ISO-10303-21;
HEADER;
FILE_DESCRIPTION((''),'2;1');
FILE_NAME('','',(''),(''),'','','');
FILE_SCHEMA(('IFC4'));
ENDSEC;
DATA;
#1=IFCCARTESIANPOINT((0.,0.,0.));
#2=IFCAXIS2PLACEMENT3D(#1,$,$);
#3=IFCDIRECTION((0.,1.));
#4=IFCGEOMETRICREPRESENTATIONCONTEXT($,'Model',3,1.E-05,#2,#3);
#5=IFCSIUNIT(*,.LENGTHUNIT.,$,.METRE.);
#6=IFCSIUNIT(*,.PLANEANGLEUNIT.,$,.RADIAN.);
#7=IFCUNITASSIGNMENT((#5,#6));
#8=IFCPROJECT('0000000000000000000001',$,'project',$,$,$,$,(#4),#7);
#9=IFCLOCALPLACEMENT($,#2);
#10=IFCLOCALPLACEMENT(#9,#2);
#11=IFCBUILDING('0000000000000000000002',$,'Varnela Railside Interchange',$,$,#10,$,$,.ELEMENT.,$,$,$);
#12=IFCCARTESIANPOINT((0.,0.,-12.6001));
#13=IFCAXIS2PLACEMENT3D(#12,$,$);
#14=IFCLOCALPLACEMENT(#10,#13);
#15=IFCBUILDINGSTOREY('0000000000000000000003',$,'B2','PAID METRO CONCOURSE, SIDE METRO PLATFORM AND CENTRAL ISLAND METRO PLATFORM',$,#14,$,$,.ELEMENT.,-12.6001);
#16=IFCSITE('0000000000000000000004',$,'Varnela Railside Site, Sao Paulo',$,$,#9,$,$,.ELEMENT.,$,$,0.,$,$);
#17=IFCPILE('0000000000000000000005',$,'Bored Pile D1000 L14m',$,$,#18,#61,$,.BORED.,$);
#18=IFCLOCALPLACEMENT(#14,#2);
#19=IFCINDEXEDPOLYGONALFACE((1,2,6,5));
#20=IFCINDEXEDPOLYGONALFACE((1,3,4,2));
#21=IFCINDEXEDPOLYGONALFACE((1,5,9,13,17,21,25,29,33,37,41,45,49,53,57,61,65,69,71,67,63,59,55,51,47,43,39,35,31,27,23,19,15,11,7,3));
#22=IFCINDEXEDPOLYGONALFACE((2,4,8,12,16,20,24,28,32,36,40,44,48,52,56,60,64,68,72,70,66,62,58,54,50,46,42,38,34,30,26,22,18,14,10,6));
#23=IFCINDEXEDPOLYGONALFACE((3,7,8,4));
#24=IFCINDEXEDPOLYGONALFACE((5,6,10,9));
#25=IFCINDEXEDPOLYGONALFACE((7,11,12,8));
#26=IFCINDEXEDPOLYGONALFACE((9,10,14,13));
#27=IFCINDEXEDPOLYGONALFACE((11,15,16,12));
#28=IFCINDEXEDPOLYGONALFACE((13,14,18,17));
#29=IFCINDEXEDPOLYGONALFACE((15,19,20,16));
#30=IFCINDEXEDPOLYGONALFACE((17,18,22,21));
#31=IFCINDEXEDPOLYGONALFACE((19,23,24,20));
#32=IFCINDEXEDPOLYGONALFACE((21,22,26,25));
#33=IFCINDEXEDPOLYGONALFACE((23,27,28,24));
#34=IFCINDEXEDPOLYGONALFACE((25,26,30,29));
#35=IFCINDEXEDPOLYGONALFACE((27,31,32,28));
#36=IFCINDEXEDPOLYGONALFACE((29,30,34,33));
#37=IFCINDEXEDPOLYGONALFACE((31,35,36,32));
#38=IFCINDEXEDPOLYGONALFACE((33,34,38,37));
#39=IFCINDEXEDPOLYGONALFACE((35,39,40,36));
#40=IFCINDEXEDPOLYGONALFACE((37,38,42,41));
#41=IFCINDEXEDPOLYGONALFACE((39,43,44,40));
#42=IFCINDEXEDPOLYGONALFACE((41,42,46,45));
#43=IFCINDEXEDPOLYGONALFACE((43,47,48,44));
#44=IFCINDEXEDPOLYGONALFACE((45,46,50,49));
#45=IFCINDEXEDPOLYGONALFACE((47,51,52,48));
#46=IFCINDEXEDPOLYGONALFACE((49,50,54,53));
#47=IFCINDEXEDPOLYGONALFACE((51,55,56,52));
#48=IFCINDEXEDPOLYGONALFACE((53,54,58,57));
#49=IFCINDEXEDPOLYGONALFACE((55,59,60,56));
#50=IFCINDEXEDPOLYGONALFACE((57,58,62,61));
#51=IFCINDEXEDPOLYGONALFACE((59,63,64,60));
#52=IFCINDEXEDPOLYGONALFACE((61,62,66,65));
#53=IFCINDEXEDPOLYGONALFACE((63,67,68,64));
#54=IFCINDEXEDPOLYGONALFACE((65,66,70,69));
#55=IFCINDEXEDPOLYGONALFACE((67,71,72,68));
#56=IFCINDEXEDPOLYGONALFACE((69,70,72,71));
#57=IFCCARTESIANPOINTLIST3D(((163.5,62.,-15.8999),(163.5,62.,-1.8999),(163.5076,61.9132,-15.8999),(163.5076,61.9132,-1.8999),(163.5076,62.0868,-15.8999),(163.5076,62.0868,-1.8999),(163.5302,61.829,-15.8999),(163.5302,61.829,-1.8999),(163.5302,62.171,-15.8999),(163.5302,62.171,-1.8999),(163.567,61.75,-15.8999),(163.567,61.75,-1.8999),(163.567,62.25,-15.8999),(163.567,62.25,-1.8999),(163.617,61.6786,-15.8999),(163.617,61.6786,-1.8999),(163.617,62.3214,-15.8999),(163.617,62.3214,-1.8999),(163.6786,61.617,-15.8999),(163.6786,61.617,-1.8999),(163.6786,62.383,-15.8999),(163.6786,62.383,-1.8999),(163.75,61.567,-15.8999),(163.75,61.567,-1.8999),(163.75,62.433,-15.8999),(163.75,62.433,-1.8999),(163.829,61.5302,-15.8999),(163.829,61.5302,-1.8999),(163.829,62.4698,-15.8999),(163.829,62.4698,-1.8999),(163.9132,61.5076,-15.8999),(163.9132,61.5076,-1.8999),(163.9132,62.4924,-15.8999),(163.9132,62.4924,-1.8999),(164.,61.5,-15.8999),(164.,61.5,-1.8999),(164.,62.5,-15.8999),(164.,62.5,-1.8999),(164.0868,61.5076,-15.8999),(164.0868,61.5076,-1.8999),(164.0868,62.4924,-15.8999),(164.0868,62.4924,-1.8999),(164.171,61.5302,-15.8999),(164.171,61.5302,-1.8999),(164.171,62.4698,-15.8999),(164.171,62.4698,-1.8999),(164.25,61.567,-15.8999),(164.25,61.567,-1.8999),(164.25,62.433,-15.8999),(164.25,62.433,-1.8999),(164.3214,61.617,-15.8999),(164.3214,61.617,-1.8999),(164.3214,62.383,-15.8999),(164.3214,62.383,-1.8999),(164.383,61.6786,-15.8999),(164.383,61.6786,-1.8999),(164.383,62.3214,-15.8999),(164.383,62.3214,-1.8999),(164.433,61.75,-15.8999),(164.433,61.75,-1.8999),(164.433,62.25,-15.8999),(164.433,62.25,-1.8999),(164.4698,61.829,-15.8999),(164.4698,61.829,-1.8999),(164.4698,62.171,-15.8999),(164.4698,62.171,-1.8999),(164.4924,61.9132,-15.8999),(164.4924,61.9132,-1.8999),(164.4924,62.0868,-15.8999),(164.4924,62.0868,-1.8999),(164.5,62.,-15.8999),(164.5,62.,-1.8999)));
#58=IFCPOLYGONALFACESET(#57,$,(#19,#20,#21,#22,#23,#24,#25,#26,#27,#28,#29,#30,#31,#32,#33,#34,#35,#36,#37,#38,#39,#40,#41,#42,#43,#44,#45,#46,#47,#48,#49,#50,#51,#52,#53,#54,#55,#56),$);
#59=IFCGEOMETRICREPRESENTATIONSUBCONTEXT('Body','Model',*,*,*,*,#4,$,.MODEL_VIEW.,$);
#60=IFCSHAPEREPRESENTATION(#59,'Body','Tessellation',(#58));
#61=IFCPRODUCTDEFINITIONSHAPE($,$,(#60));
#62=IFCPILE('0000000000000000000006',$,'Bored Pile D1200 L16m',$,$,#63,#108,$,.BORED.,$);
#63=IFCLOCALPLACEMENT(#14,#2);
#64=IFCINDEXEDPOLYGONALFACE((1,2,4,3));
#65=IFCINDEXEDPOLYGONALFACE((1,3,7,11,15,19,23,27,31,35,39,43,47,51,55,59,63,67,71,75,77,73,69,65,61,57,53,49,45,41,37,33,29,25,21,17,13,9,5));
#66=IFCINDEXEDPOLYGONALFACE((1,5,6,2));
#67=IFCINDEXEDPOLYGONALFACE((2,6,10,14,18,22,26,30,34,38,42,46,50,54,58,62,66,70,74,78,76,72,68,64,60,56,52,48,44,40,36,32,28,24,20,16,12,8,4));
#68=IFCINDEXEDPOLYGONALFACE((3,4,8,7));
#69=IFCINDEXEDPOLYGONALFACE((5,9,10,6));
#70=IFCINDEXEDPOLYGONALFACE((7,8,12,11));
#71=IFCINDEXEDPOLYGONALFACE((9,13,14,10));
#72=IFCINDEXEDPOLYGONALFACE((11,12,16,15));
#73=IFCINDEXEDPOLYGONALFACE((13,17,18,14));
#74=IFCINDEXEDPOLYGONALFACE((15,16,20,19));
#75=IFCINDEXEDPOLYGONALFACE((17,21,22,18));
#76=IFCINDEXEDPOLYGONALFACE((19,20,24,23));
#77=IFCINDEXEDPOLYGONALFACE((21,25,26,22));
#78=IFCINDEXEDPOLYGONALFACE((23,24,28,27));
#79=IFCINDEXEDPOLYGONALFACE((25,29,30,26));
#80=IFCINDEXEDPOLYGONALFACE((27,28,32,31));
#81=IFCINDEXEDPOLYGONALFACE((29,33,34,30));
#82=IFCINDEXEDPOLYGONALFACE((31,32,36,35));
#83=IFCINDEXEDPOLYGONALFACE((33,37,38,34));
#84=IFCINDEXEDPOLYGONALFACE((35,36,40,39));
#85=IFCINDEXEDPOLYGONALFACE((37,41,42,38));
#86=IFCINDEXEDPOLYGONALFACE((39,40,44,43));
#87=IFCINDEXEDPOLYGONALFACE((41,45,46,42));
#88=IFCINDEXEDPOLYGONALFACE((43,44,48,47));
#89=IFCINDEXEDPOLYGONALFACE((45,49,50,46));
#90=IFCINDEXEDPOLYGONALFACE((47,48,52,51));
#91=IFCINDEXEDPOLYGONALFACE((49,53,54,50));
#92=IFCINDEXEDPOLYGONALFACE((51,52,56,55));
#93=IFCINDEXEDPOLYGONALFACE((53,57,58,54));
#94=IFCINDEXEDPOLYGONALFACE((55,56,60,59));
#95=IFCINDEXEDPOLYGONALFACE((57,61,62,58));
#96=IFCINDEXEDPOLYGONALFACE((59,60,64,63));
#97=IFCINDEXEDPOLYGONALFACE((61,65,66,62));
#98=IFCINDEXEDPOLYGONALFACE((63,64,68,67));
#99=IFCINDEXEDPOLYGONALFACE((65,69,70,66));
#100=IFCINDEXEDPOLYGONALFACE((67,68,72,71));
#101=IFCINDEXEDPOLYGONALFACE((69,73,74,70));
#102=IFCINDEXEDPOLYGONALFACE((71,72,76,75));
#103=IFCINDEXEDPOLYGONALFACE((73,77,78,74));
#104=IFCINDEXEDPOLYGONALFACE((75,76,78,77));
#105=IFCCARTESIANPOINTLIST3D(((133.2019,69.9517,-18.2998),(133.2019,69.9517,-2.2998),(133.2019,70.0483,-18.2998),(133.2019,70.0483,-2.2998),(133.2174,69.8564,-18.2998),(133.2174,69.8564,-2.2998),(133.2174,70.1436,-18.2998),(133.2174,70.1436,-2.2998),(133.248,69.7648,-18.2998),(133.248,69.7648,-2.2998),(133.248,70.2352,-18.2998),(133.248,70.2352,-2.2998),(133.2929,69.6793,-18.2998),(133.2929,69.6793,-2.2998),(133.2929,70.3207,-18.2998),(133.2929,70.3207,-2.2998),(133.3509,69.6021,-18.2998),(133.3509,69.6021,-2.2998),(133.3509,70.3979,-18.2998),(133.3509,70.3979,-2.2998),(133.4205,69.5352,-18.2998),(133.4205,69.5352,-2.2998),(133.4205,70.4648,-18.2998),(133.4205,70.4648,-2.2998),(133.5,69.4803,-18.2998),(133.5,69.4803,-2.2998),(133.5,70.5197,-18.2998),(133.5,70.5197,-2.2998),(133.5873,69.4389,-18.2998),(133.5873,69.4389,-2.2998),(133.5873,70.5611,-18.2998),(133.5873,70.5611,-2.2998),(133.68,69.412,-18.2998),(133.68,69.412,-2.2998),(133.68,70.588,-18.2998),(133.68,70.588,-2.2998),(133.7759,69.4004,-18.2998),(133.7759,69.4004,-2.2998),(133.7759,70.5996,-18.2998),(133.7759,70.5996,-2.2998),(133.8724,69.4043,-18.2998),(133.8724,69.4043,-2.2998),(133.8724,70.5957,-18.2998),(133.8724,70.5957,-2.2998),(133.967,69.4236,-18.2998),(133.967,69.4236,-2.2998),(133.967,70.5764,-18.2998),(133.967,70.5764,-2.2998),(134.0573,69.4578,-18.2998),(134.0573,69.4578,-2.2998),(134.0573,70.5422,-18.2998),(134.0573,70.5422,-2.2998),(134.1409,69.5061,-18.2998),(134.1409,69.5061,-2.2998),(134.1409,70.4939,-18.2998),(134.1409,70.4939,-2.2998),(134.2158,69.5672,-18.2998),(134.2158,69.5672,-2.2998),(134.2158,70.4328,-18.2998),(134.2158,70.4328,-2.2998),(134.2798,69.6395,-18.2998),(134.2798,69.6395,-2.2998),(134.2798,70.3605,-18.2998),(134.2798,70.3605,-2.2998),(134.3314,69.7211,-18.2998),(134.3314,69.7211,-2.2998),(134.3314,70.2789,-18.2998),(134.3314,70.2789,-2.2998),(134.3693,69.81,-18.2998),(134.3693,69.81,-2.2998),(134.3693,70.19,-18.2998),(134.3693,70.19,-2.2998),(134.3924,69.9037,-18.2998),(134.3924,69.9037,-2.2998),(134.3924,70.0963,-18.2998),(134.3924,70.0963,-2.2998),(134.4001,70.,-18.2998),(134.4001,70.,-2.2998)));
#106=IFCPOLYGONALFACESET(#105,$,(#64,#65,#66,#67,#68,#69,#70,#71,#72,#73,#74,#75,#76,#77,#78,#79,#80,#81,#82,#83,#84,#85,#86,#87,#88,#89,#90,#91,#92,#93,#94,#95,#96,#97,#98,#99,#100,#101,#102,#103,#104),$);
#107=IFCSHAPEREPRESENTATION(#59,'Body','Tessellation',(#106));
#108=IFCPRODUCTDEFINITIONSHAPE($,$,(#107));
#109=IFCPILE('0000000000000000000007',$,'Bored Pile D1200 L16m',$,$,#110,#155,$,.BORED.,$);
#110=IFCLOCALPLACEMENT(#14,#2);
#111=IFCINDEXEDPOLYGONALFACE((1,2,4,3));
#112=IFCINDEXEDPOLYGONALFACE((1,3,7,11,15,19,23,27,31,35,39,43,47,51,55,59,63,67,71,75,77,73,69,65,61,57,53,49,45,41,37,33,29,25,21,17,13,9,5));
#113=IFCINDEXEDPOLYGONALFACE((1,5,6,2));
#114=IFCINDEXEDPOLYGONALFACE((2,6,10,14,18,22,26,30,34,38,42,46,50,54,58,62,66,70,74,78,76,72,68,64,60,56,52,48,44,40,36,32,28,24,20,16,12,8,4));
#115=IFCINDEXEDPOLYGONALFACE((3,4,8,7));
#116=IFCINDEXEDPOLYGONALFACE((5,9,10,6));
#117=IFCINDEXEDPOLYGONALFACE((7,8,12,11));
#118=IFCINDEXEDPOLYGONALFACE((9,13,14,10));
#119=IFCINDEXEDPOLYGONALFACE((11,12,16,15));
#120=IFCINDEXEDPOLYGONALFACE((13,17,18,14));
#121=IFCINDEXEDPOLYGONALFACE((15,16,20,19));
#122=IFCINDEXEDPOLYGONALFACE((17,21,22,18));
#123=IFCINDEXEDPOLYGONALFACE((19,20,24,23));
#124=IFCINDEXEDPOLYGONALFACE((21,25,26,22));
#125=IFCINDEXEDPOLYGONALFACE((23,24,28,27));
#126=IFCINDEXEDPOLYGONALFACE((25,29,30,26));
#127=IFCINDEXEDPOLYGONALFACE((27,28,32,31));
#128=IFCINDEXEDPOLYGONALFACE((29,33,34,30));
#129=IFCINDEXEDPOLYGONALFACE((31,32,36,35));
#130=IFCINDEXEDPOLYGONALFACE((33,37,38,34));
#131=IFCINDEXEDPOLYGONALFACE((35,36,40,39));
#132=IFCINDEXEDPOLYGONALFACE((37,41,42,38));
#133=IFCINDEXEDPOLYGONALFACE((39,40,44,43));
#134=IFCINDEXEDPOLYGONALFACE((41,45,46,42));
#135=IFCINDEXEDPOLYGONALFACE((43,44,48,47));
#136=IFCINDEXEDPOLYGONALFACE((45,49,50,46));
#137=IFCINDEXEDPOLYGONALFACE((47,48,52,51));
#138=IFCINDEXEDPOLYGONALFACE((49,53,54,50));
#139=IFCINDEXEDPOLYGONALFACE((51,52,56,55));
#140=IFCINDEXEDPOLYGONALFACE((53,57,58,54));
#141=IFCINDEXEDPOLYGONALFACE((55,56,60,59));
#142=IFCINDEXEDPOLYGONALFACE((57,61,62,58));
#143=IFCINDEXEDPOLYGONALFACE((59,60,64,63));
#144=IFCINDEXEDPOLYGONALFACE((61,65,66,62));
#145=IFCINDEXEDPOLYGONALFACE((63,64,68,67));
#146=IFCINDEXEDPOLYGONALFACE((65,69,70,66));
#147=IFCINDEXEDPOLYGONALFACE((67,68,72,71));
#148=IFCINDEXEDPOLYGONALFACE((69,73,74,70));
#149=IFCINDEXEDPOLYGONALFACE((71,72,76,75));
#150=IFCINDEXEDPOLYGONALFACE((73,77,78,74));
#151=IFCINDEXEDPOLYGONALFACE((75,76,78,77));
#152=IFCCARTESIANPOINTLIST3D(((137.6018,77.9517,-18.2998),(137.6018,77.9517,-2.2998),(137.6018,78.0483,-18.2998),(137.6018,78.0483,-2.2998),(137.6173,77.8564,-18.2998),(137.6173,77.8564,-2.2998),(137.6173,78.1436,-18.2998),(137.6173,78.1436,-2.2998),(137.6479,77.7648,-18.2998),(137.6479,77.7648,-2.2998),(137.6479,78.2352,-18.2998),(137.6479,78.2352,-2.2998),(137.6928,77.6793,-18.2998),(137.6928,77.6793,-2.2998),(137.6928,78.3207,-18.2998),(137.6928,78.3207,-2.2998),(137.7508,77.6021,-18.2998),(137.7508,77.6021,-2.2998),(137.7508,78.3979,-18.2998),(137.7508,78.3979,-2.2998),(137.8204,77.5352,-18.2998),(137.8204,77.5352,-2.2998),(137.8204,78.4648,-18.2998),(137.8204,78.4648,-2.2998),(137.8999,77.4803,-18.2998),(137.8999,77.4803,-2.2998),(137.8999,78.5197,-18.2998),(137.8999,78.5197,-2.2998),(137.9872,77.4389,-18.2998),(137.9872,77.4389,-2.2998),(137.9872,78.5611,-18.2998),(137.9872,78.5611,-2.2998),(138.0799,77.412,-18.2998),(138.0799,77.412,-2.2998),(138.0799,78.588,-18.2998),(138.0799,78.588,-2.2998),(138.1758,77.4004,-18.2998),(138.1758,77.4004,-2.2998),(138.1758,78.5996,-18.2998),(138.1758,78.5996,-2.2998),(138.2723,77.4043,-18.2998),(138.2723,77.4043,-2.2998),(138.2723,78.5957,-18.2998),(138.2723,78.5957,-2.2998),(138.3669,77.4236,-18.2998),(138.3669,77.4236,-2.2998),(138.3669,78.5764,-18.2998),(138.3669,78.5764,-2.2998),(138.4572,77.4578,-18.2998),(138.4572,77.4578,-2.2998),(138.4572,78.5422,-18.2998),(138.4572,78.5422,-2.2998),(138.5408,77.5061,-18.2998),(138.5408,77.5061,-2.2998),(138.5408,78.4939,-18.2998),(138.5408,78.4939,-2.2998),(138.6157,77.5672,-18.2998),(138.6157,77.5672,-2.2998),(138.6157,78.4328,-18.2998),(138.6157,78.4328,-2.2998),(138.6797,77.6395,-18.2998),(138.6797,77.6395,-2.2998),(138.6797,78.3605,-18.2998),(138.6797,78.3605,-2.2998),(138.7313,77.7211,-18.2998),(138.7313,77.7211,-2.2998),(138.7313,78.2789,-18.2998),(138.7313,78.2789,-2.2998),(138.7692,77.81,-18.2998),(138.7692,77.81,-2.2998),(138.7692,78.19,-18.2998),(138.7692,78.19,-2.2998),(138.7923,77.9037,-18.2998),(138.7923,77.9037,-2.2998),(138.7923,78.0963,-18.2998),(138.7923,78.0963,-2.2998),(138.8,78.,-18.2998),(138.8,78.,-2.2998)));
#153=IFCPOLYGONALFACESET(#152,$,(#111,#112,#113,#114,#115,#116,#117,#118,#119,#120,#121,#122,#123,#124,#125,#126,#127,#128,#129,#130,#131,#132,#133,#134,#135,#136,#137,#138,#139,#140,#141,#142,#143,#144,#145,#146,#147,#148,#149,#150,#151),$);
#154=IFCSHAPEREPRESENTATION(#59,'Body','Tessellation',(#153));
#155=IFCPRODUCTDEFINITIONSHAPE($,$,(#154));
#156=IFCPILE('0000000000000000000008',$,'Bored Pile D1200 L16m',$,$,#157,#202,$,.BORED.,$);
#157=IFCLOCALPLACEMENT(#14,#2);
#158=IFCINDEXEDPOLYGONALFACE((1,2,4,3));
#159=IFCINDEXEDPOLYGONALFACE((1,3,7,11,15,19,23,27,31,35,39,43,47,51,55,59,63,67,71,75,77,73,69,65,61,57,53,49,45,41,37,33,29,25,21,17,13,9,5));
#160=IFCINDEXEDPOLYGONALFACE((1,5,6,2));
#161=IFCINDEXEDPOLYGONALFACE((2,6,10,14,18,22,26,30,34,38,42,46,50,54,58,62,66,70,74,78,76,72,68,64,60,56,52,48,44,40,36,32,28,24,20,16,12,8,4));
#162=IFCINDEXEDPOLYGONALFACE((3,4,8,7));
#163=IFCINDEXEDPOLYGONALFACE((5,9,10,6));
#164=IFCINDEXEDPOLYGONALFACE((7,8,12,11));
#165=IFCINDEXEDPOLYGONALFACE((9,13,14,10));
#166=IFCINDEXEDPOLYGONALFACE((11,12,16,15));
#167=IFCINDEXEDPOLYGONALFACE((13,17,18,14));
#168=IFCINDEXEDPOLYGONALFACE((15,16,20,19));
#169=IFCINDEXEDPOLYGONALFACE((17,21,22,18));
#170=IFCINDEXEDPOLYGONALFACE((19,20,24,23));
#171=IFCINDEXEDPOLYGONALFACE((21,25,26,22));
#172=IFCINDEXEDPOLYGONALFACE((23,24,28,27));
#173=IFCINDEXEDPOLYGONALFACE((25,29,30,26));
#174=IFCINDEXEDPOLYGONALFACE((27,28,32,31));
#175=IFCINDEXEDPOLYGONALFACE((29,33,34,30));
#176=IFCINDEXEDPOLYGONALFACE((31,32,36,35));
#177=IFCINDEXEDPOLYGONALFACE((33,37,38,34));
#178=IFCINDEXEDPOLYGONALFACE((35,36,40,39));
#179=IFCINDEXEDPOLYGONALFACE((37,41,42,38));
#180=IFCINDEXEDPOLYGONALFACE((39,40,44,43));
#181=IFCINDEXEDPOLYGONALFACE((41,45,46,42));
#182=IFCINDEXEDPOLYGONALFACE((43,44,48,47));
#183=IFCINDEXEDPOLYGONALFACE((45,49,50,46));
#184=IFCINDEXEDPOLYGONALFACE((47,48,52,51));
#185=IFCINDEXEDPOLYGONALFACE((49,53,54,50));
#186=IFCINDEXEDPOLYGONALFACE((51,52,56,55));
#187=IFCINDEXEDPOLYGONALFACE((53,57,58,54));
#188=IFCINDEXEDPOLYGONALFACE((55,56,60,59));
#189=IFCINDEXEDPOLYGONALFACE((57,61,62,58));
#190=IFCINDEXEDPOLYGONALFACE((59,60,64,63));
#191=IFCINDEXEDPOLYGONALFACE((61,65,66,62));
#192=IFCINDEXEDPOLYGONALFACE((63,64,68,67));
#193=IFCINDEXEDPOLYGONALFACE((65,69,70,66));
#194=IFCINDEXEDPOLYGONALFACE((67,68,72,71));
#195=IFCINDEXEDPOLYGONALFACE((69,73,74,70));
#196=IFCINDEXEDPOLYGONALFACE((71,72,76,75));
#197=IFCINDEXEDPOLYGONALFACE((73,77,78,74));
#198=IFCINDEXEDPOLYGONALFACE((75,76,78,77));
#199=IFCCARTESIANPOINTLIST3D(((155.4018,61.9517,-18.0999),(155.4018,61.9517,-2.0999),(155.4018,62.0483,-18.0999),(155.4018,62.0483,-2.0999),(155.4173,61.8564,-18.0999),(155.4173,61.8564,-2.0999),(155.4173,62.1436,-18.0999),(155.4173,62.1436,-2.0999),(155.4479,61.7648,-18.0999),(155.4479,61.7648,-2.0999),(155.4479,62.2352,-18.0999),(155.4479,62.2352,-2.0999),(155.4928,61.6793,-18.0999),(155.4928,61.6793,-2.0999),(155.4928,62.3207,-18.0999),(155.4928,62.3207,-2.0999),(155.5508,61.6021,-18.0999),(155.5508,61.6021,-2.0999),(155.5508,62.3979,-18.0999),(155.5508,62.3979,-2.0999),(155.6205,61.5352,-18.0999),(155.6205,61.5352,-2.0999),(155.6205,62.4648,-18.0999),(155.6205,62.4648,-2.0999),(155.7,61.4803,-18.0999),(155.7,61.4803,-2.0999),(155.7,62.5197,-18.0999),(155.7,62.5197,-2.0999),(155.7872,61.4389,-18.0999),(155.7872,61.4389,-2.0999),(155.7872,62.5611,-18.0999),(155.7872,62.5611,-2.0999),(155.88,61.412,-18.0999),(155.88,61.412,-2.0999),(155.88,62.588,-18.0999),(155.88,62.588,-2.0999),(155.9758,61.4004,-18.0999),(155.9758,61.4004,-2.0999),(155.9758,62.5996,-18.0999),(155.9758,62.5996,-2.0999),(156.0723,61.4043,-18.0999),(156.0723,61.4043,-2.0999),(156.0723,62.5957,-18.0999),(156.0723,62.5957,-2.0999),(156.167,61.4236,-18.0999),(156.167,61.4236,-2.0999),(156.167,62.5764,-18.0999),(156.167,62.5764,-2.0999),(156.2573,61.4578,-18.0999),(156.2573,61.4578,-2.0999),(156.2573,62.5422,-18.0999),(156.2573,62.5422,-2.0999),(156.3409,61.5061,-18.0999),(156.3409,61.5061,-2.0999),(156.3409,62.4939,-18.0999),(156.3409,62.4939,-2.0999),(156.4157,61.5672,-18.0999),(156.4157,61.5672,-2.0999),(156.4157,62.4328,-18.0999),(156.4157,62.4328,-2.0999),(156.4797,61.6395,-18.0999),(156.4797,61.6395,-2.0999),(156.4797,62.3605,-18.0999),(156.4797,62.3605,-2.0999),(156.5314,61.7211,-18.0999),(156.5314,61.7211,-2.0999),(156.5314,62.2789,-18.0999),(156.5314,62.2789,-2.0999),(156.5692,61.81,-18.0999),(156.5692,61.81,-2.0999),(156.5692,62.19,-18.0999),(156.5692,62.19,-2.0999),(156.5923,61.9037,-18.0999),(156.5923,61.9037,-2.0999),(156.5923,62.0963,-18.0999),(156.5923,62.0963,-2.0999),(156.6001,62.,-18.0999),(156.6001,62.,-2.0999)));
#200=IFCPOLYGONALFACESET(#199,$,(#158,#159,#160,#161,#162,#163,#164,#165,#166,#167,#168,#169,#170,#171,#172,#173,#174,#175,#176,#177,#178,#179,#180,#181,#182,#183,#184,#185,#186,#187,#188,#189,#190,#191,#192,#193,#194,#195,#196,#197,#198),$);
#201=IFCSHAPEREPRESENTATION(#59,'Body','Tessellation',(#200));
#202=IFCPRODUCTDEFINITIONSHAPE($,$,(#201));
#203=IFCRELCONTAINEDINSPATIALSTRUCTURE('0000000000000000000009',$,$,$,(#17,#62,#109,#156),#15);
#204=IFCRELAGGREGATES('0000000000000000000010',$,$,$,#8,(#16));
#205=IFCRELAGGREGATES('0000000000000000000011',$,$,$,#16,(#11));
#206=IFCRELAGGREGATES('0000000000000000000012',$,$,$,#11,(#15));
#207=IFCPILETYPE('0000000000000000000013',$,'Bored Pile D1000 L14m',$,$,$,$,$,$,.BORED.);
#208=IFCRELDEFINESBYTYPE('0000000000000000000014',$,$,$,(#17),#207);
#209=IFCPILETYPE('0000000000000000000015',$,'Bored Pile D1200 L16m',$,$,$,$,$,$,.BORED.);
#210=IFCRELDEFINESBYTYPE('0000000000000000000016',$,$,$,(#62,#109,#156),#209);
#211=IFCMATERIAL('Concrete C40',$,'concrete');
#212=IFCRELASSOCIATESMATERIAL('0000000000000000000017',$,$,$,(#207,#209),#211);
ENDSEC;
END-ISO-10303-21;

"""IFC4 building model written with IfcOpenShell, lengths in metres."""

from ifc_helpers import new_model, si_unit, direction, frame, origin, origin_2d, place, context, subcontext, project, spatial, circle, extrude, material, material_profile, profile_set, type_object, element, save


model = new_model("IFC4")

# Units and contexts
model_context = context("Model", 3, precision=1e-05, world=origin(), true_north=direction((0.0, 1.0)))
body_context = subcontext(model_context, "Body", "Model", "MODEL_VIEW")
ifc_project = project(units=[si_unit("LENGTHUNIT", "METRE"), si_unit("PLANEANGLEUNIT", "RADIAN")], contexts=[model_context])

# Site, building, storey
site_placement = place(None, origin())
site = spatial("IfcSite", under=ifc_project, at=site_placement, Name="Varnela Railside Site, Sao Paulo", CompositionType="ELEMENT", RefElevation=0.0)
building_placement = place(site_placement, origin())
building = spatial("IfcBuilding", under=site, at=building_placement, Name="Varnela Railside Interchange", CompositionType="ELEMENT")
storey_placement = place(building_placement, frame((0.0, 0.0, -12.6001)))
storey = spatial("IfcBuildingStorey", under=building, at=storey_placement, Name="B2", Description="PAID METRO CONCOURSE, SIDE METRO PLATFORM AND CENTRAL ISLAND METRO PLATFORM", CompositionType="ELEMENT", Elevation=-12.6001)

# Piles
ifc_material_1 = material(Name="Concrete C40", Category="concrete")
ifc_material_profile_1 = material_profile(ifc_material_1, circle(Radius=0.5, at=origin_2d()), Name="BORED PILE D1000")
ifc_profile_set_1 = profile_set([ifc_material_profile_1], Name="Concrete C40")
pile_type_1 = type_object("IfcPileType", Name="Bored Pile D1000 L14m", PredefinedType="BORED", material=ifc_profile_set_1)
for number, where, z_axis, x_axis, name in (
    (1, (164.0, 62.0, -1.8999), (0.0, 0.0, -1.0), (1.0, 0.0, 0.0), "Bored Pile D1000 L14m"),
):
    element("IfcPile", number, at=place(storey_placement, frame(where, z_axis=z_axis, x_axis=x_axis)), inside=storey, type_object=pile_type_1, Name=name, PredefinedType="BORED", context=body_context, shape_type="SweptSolid", body=[
        extrude(circle(Radius=0.5, at=origin_2d()), origin(), (0.0, 0.0, 1.0), 14.0),
    ])
ifc_material_profile_2 = material_profile(ifc_material_1, circle(Radius=0.6001, at=origin_2d()), Name="BORED PILE D1200")
ifc_profile_set_2 = profile_set([ifc_material_profile_2], Name="Concrete C40")
pile_type_2 = type_object("IfcPileType", Name="Bored Pile D1200 L16m", PredefinedType="BORED", material=ifc_profile_set_2)
for number, where, z_axis, x_axis, name in (
    (2, (133.8, 70.0, -2.2998), (0.0, 0.0, -1.0), (1.0, 0.0, 0.0), "Bored Pile D1200 L16m"),
    (3, (138.2, 78.0, -2.2998), (0.0, 0.0, -1.0), (1.0, 0.0, 0.0), "Bored Pile D1200 L16m"),
    (4, (156.0, 62.0, -2.0999), (0.0, 0.0, -1.0), (1.0, 0.0, 0.0), "Bored Pile D1200 L16m"),
):
    element("IfcPile", number, at=place(storey_placement, frame(where, z_axis=z_axis, x_axis=x_axis)), inside=storey, type_object=pile_type_2, Name=name, PredefinedType="BORED", context=body_context, shape_type="SweptSolid", body=[
        extrude(circle(Radius=0.6001, at=origin_2d()), origin(), (0.0, 0.0, 1.0), 16.0),
    ])

save(model, "model.ifc")
